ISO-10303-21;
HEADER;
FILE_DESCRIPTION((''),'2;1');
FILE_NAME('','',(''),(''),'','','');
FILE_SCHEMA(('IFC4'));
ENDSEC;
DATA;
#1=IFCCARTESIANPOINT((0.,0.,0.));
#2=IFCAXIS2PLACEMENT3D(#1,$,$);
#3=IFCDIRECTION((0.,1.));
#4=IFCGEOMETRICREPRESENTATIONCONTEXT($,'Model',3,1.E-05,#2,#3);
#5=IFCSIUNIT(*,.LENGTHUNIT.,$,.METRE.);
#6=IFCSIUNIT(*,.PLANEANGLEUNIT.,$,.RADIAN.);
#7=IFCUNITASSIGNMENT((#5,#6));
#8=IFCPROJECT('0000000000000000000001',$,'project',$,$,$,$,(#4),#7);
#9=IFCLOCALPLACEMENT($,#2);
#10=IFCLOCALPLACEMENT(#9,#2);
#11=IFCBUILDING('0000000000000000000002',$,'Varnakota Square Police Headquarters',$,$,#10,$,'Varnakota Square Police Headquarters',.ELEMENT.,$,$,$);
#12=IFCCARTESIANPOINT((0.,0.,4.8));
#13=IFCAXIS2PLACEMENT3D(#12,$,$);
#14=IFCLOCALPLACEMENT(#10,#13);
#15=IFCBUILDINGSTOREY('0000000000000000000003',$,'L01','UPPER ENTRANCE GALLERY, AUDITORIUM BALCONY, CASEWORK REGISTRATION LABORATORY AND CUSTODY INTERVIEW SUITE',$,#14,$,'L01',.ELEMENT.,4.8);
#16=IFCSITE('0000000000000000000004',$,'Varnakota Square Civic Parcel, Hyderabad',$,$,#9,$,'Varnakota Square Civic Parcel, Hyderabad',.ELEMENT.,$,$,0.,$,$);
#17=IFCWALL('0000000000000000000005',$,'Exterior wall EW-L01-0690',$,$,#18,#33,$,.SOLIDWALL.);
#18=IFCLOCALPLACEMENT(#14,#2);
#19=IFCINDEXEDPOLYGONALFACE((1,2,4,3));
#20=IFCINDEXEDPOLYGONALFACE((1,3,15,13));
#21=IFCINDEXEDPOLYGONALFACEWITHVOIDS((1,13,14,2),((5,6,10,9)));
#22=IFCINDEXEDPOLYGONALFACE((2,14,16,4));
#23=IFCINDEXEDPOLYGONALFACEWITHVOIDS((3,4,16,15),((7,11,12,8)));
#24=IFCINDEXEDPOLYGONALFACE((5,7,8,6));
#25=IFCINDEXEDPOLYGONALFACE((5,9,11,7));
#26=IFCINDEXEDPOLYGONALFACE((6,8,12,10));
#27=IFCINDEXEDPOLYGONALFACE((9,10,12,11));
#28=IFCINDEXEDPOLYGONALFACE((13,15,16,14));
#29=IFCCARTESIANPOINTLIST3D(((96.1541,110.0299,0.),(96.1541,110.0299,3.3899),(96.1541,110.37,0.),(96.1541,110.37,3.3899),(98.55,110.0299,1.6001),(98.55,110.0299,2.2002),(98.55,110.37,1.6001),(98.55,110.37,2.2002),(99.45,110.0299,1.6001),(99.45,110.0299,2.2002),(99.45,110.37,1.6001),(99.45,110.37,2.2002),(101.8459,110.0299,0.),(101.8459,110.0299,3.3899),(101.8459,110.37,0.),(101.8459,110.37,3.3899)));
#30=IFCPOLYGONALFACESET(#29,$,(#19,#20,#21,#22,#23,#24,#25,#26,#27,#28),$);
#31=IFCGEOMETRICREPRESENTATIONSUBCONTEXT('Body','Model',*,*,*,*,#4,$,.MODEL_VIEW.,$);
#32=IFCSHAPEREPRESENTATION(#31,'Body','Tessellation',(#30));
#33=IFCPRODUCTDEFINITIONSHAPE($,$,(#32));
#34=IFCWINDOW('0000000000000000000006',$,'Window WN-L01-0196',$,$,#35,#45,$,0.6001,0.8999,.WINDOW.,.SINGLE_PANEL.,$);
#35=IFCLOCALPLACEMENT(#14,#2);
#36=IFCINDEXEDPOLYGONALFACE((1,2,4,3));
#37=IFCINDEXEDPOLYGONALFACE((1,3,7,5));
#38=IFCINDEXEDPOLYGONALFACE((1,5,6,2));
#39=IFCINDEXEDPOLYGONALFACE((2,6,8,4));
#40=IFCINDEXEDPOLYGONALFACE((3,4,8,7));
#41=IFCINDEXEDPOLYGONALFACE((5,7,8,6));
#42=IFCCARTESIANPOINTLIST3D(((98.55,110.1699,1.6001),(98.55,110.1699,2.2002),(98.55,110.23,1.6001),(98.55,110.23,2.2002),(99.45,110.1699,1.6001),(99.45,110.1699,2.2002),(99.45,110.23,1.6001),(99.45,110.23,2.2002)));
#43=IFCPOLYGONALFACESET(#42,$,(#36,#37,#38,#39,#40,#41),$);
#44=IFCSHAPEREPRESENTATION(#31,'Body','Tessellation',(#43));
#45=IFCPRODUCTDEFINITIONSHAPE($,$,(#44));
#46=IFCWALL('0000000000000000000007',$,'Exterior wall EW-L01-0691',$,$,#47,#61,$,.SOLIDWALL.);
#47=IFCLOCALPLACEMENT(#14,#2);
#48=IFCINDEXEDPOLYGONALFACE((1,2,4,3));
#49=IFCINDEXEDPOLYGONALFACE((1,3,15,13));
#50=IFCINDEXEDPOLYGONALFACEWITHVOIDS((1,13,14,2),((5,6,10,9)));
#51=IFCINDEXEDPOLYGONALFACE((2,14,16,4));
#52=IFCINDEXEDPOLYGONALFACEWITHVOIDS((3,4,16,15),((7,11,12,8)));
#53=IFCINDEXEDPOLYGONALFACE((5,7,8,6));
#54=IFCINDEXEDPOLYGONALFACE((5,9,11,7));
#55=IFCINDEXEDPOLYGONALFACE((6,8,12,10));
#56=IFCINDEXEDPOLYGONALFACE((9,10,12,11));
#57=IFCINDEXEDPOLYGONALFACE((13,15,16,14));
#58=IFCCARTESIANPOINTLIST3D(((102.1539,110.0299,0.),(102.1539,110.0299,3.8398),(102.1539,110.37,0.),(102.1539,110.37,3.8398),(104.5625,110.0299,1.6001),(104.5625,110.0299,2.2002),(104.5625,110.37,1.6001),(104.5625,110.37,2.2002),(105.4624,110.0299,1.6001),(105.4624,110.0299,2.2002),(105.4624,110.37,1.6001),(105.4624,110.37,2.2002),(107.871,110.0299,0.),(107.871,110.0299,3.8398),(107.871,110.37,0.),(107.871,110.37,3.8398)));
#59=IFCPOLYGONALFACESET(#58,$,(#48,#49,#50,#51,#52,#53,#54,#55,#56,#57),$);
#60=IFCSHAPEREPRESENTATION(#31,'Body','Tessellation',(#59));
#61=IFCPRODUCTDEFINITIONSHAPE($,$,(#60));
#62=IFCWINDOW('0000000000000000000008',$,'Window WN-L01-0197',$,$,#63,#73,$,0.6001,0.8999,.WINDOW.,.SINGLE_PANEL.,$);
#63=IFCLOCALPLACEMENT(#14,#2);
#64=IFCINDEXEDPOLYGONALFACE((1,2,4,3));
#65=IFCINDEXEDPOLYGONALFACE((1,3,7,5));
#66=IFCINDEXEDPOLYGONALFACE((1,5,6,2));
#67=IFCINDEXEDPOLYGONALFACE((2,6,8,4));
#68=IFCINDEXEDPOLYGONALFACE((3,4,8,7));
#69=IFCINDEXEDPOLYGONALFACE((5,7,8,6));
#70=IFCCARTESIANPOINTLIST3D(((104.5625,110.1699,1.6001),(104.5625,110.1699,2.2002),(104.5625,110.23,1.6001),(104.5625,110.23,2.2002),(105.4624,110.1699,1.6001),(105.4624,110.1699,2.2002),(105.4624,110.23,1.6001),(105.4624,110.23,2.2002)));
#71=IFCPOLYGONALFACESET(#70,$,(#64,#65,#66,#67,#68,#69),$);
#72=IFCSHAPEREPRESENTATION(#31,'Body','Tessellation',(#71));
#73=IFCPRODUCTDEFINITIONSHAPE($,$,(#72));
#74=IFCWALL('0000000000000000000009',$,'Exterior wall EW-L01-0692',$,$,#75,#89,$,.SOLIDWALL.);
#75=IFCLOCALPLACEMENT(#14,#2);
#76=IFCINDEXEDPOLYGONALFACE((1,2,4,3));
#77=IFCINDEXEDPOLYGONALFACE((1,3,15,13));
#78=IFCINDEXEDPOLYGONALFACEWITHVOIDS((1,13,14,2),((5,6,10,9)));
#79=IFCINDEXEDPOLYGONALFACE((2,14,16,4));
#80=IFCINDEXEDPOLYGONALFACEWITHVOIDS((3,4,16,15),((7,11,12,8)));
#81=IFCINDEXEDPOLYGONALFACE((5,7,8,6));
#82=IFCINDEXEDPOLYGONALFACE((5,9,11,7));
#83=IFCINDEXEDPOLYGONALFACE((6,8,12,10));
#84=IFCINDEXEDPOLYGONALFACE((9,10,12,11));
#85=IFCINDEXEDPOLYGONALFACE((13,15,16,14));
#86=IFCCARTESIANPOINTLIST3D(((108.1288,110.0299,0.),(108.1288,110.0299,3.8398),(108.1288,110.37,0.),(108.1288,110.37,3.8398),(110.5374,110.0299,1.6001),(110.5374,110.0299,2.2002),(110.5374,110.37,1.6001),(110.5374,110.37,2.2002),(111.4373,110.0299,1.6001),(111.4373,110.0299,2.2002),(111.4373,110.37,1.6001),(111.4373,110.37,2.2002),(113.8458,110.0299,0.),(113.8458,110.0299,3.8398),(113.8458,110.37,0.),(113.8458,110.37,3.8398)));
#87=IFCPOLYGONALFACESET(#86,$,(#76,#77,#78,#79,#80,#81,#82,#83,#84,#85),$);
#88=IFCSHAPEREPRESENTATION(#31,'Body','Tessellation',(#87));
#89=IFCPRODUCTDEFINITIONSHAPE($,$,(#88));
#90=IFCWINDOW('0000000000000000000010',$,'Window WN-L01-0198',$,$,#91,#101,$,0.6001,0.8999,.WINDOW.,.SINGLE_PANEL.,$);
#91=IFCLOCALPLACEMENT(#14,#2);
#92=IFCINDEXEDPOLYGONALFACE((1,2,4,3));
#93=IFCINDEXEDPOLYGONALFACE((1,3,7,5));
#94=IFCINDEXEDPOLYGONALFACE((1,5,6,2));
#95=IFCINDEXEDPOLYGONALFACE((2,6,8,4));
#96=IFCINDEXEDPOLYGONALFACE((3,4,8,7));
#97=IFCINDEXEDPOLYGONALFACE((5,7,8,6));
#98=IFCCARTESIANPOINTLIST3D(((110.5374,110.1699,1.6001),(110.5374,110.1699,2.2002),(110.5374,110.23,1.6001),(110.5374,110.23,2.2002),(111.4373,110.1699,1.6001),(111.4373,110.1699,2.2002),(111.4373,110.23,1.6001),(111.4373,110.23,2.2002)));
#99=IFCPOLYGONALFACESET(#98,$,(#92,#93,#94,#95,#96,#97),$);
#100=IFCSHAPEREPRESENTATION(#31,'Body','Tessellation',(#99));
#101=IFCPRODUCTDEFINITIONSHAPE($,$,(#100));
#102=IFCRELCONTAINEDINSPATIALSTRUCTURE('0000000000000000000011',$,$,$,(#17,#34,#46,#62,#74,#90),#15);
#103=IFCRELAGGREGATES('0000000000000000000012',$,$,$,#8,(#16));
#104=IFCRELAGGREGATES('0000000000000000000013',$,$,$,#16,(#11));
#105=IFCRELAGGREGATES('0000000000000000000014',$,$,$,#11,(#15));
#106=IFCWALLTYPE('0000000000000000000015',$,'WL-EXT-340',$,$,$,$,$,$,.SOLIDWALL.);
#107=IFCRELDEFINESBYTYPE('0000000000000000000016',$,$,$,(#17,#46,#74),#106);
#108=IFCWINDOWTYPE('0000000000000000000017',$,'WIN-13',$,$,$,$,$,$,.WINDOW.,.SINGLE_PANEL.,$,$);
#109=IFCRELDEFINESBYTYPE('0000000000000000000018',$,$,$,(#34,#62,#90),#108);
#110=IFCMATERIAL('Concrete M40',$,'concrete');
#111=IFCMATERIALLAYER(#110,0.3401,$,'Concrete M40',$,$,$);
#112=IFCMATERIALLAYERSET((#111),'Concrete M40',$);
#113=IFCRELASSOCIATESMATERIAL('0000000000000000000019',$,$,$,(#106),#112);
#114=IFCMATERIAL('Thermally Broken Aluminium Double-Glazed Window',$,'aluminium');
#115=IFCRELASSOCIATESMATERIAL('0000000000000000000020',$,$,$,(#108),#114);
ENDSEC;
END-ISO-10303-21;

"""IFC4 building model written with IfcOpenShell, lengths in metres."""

from ifc_helpers import new_model, si_unit, direction, frame, frame_2d, origin, place, context, subcontext, project, spatial, rectangle, extrude, material, layer, layer_set, type_object, element, fill, save


model = new_model("IFC4")

# Units and contexts
model_context = context("Model", 3, precision=1e-05, world=origin(), true_north=direction((0.0, 1.0)))
body_context = subcontext(model_context, "Body", "Model", "MODEL_VIEW")
ifc_project = project(units=[si_unit("LENGTHUNIT", "METRE"), si_unit("PLANEANGLEUNIT", "RADIAN")], contexts=[model_context])

# Site, building, storey
site_placement = place(None, origin())
site = spatial("IfcSite", under=ifc_project, at=site_placement, Name="Varnakota Square Civic Parcel, Hyderabad", LongName="Varnakota Square Civic Parcel, Hyderabad", CompositionType="ELEMENT", RefElevation=0.0)
building_placement = place(site_placement, origin())
building = spatial("IfcBuilding", under=site, at=building_placement, Name="Varnakota Square Police Headquarters", LongName="Varnakota Square Police Headquarters", CompositionType="ELEMENT")
storey_placement = place(building_placement, frame((0.0, 0.0, 4.8)))
storey = spatial("IfcBuildingStorey", under=building, at=storey_placement, Name="L01", Description="UPPER ENTRANCE GALLERY, AUDITORIUM BALCONY, CASEWORK REGISTRATION LABORATORY AND CUSTODY INTERVIEW SUITE", LongName="L01", CompositionType="ELEMENT", Elevation=4.8)

# Walls, openings, windows
ifc_material_1 = material(Name="Concrete M40", Category="concrete")
ifc_layer_1 = layer(ifc_material_1, 0.3401, Name="Concrete M40")
ifc_layer_set_1 = layer_set([ifc_layer_1], Name="Concrete M40")
wall_type_1 = type_object("IfcWallType", Name="WL-EXT-340", PredefinedType="SOLIDWALL", material=ifc_layer_set_1)
wall_1_placement = place(storey_placement, frame((96.1541, 110.2, 0.0), z_axis=(0.0, 0.0, 1.0), x_axis=(1.0, 0.0, 0.0)))
wall_1 = element("IfcWall", 1, at=wall_1_placement, inside=storey, type_object=wall_type_1, Name="Exterior wall EW-L01-0690", PredefinedType="SOLIDWALL", context=body_context, shape_type="SweptSolid", body=[
    extrude(rectangle(XDim=5.6919, YDim=0.3401, at=frame_2d((2.8459, 0.0))), origin(), (0.0, 0.0, 1.0), 3.3899),
])
opening_1_placement = place(wall_1_placement, frame((2.396, 0.0, 1.6001)))
opening_1 = element("IfcOpeningElement", 2, at=opening_1_placement, cuts=wall_1, PredefinedType="OPENING", context=body_context, shape_type="SweptSolid", body=[
    extrude(rectangle(XDim=0.8999, YDim=0.6001, at=frame_2d((0.45, 0.3))), frame((0.0, 0.1799, 0.0), z_axis=(0.0, -1.0, 0.0), x_axis=(1.0, 0.0, 0.0)), (0.0, 0.0, 1.0), 0.3601),
])
ifc_material_2 = material(Name="Thermally Broken Aluminium Double-Glazed Window", Category="aluminium")
window_type = type_object("IfcWindowType", Name="WIN-13", PartitioningType="SINGLE_PANEL", PredefinedType="WINDOW", material=ifc_material_2)
window_1_placement = place(opening_1_placement, origin())
window_1 = element("IfcWindow", 3, at=window_1_placement, inside=storey, type_object=window_type, Name="Window WN-L01-0196", OverallHeight=0.6001, OverallWidth=0.8999, PartitioningType="SINGLE_PANEL", PredefinedType="WINDOW", context=body_context, shape_type="SweptSolid", body=[
    extrude(rectangle(XDim=0.8999, YDim=0.6001, at=frame_2d((0.45, 0.3))), frame((0.0, 0.03, 0.0), z_axis=(0.0, -1.0, 0.0), x_axis=(1.0, 0.0, 0.0)), (0.0, 0.0, 1.0), 0.0601),
])
fill(opening_1, window_1)
wall_2_placement = place(storey_placement, frame((102.1541, 110.2, 0.0), z_axis=(0.0, 0.0, 1.0), x_axis=(1.0, 0.0, 0.0)))
wall_2 = element("IfcWall", 4, at=wall_2_placement, inside=storey, type_object=wall_type_1, Name="Exterior wall EW-L01-0691", PredefinedType="SOLIDWALL", context=body_context, shape_type="SweptSolid", body=[
    extrude(rectangle(XDim=5.717, YDim=0.3401, at=frame_2d((2.8584, 0.0))), origin(), (0.0, 0.0, 1.0), 3.8398),
])
opening_2_placement = place(wall_2_placement, frame((2.4084, 0.0, 1.6001)))
opening_2 = element("IfcOpeningElement", 5, at=opening_2_placement, cuts=wall_2, PredefinedType="OPENING", context=body_context, shape_type="SweptSolid", body=[
    extrude(rectangle(XDim=0.8999, YDim=0.6001, at=frame_2d((0.45, 0.3))), frame((0.0, 0.1799, 0.0), z_axis=(0.0, -1.0, 0.0), x_axis=(1.0, 0.0, 0.0)), (0.0, 0.0, 1.0), 0.3601),
])
window_2_placement = place(opening_2_placement, origin())
window_2 = element("IfcWindow", 6, at=window_2_placement, inside=storey, type_object=window_type, Name="Window WN-L01-0197", OverallHeight=0.6001, OverallWidth=0.8999, PartitioningType="SINGLE_PANEL", PredefinedType="WINDOW", context=body_context, shape_type="SweptSolid", body=[
    extrude(rectangle(XDim=0.8999, YDim=0.6001, at=frame_2d((0.45, 0.3))), frame((0.0, 0.03, 0.0), z_axis=(0.0, -1.0, 0.0), x_axis=(1.0, 0.0, 0.0)), (0.0, 0.0, 1.0), 0.0601),
])
fill(opening_2, window_2)
wall_3_placement = place(storey_placement, frame((108.1289, 110.2, 0.0), z_axis=(0.0, 0.0, 1.0), x_axis=(1.0, 0.0, 0.0)))
wall_3 = element("IfcWall", 7, at=wall_3_placement, inside=storey, type_object=wall_type_1, Name="Exterior wall EW-L01-0692", PredefinedType="SOLIDWALL", context=body_context, shape_type="SweptSolid", body=[
    extrude(rectangle(XDim=5.717, YDim=0.3401, at=frame_2d((2.8584, 0.0))), origin(), (0.0, 0.0, 1.0), 3.8398),
])
opening_3_placement = place(wall_3_placement, frame((2.4084, 0.0, 1.6001)))
opening_3 = element("IfcOpeningElement", 8, at=opening_3_placement, cuts=wall_3, PredefinedType="OPENING", context=body_context, shape_type="SweptSolid", body=[
    extrude(rectangle(XDim=0.8999, YDim=0.6001, at=frame_2d((0.45, 0.3))), frame((0.0, 0.1799, 0.0), z_axis=(0.0, -1.0, 0.0), x_axis=(1.0, 0.0, 0.0)), (0.0, 0.0, 1.0), 0.3601),
])
window_3_placement = place(opening_3_placement, origin())
window_3 = element("IfcWindow", 9, at=window_3_placement, inside=storey, type_object=window_type, Name="Window WN-L01-0198", OverallHeight=0.6001, OverallWidth=0.8999, PartitioningType="SINGLE_PANEL", PredefinedType="WINDOW", context=body_context, shape_type="SweptSolid", body=[
    extrude(rectangle(XDim=0.8999, YDim=0.6001, at=frame_2d((0.45, 0.3))), frame((0.0, 0.03, 0.0), z_axis=(0.0, -1.0, 0.0), x_axis=(1.0, 0.0, 0.0)), (0.0, 0.0, 1.0), 0.0601),
])
fill(opening_3, window_3)

save(model, "model.ifc")
